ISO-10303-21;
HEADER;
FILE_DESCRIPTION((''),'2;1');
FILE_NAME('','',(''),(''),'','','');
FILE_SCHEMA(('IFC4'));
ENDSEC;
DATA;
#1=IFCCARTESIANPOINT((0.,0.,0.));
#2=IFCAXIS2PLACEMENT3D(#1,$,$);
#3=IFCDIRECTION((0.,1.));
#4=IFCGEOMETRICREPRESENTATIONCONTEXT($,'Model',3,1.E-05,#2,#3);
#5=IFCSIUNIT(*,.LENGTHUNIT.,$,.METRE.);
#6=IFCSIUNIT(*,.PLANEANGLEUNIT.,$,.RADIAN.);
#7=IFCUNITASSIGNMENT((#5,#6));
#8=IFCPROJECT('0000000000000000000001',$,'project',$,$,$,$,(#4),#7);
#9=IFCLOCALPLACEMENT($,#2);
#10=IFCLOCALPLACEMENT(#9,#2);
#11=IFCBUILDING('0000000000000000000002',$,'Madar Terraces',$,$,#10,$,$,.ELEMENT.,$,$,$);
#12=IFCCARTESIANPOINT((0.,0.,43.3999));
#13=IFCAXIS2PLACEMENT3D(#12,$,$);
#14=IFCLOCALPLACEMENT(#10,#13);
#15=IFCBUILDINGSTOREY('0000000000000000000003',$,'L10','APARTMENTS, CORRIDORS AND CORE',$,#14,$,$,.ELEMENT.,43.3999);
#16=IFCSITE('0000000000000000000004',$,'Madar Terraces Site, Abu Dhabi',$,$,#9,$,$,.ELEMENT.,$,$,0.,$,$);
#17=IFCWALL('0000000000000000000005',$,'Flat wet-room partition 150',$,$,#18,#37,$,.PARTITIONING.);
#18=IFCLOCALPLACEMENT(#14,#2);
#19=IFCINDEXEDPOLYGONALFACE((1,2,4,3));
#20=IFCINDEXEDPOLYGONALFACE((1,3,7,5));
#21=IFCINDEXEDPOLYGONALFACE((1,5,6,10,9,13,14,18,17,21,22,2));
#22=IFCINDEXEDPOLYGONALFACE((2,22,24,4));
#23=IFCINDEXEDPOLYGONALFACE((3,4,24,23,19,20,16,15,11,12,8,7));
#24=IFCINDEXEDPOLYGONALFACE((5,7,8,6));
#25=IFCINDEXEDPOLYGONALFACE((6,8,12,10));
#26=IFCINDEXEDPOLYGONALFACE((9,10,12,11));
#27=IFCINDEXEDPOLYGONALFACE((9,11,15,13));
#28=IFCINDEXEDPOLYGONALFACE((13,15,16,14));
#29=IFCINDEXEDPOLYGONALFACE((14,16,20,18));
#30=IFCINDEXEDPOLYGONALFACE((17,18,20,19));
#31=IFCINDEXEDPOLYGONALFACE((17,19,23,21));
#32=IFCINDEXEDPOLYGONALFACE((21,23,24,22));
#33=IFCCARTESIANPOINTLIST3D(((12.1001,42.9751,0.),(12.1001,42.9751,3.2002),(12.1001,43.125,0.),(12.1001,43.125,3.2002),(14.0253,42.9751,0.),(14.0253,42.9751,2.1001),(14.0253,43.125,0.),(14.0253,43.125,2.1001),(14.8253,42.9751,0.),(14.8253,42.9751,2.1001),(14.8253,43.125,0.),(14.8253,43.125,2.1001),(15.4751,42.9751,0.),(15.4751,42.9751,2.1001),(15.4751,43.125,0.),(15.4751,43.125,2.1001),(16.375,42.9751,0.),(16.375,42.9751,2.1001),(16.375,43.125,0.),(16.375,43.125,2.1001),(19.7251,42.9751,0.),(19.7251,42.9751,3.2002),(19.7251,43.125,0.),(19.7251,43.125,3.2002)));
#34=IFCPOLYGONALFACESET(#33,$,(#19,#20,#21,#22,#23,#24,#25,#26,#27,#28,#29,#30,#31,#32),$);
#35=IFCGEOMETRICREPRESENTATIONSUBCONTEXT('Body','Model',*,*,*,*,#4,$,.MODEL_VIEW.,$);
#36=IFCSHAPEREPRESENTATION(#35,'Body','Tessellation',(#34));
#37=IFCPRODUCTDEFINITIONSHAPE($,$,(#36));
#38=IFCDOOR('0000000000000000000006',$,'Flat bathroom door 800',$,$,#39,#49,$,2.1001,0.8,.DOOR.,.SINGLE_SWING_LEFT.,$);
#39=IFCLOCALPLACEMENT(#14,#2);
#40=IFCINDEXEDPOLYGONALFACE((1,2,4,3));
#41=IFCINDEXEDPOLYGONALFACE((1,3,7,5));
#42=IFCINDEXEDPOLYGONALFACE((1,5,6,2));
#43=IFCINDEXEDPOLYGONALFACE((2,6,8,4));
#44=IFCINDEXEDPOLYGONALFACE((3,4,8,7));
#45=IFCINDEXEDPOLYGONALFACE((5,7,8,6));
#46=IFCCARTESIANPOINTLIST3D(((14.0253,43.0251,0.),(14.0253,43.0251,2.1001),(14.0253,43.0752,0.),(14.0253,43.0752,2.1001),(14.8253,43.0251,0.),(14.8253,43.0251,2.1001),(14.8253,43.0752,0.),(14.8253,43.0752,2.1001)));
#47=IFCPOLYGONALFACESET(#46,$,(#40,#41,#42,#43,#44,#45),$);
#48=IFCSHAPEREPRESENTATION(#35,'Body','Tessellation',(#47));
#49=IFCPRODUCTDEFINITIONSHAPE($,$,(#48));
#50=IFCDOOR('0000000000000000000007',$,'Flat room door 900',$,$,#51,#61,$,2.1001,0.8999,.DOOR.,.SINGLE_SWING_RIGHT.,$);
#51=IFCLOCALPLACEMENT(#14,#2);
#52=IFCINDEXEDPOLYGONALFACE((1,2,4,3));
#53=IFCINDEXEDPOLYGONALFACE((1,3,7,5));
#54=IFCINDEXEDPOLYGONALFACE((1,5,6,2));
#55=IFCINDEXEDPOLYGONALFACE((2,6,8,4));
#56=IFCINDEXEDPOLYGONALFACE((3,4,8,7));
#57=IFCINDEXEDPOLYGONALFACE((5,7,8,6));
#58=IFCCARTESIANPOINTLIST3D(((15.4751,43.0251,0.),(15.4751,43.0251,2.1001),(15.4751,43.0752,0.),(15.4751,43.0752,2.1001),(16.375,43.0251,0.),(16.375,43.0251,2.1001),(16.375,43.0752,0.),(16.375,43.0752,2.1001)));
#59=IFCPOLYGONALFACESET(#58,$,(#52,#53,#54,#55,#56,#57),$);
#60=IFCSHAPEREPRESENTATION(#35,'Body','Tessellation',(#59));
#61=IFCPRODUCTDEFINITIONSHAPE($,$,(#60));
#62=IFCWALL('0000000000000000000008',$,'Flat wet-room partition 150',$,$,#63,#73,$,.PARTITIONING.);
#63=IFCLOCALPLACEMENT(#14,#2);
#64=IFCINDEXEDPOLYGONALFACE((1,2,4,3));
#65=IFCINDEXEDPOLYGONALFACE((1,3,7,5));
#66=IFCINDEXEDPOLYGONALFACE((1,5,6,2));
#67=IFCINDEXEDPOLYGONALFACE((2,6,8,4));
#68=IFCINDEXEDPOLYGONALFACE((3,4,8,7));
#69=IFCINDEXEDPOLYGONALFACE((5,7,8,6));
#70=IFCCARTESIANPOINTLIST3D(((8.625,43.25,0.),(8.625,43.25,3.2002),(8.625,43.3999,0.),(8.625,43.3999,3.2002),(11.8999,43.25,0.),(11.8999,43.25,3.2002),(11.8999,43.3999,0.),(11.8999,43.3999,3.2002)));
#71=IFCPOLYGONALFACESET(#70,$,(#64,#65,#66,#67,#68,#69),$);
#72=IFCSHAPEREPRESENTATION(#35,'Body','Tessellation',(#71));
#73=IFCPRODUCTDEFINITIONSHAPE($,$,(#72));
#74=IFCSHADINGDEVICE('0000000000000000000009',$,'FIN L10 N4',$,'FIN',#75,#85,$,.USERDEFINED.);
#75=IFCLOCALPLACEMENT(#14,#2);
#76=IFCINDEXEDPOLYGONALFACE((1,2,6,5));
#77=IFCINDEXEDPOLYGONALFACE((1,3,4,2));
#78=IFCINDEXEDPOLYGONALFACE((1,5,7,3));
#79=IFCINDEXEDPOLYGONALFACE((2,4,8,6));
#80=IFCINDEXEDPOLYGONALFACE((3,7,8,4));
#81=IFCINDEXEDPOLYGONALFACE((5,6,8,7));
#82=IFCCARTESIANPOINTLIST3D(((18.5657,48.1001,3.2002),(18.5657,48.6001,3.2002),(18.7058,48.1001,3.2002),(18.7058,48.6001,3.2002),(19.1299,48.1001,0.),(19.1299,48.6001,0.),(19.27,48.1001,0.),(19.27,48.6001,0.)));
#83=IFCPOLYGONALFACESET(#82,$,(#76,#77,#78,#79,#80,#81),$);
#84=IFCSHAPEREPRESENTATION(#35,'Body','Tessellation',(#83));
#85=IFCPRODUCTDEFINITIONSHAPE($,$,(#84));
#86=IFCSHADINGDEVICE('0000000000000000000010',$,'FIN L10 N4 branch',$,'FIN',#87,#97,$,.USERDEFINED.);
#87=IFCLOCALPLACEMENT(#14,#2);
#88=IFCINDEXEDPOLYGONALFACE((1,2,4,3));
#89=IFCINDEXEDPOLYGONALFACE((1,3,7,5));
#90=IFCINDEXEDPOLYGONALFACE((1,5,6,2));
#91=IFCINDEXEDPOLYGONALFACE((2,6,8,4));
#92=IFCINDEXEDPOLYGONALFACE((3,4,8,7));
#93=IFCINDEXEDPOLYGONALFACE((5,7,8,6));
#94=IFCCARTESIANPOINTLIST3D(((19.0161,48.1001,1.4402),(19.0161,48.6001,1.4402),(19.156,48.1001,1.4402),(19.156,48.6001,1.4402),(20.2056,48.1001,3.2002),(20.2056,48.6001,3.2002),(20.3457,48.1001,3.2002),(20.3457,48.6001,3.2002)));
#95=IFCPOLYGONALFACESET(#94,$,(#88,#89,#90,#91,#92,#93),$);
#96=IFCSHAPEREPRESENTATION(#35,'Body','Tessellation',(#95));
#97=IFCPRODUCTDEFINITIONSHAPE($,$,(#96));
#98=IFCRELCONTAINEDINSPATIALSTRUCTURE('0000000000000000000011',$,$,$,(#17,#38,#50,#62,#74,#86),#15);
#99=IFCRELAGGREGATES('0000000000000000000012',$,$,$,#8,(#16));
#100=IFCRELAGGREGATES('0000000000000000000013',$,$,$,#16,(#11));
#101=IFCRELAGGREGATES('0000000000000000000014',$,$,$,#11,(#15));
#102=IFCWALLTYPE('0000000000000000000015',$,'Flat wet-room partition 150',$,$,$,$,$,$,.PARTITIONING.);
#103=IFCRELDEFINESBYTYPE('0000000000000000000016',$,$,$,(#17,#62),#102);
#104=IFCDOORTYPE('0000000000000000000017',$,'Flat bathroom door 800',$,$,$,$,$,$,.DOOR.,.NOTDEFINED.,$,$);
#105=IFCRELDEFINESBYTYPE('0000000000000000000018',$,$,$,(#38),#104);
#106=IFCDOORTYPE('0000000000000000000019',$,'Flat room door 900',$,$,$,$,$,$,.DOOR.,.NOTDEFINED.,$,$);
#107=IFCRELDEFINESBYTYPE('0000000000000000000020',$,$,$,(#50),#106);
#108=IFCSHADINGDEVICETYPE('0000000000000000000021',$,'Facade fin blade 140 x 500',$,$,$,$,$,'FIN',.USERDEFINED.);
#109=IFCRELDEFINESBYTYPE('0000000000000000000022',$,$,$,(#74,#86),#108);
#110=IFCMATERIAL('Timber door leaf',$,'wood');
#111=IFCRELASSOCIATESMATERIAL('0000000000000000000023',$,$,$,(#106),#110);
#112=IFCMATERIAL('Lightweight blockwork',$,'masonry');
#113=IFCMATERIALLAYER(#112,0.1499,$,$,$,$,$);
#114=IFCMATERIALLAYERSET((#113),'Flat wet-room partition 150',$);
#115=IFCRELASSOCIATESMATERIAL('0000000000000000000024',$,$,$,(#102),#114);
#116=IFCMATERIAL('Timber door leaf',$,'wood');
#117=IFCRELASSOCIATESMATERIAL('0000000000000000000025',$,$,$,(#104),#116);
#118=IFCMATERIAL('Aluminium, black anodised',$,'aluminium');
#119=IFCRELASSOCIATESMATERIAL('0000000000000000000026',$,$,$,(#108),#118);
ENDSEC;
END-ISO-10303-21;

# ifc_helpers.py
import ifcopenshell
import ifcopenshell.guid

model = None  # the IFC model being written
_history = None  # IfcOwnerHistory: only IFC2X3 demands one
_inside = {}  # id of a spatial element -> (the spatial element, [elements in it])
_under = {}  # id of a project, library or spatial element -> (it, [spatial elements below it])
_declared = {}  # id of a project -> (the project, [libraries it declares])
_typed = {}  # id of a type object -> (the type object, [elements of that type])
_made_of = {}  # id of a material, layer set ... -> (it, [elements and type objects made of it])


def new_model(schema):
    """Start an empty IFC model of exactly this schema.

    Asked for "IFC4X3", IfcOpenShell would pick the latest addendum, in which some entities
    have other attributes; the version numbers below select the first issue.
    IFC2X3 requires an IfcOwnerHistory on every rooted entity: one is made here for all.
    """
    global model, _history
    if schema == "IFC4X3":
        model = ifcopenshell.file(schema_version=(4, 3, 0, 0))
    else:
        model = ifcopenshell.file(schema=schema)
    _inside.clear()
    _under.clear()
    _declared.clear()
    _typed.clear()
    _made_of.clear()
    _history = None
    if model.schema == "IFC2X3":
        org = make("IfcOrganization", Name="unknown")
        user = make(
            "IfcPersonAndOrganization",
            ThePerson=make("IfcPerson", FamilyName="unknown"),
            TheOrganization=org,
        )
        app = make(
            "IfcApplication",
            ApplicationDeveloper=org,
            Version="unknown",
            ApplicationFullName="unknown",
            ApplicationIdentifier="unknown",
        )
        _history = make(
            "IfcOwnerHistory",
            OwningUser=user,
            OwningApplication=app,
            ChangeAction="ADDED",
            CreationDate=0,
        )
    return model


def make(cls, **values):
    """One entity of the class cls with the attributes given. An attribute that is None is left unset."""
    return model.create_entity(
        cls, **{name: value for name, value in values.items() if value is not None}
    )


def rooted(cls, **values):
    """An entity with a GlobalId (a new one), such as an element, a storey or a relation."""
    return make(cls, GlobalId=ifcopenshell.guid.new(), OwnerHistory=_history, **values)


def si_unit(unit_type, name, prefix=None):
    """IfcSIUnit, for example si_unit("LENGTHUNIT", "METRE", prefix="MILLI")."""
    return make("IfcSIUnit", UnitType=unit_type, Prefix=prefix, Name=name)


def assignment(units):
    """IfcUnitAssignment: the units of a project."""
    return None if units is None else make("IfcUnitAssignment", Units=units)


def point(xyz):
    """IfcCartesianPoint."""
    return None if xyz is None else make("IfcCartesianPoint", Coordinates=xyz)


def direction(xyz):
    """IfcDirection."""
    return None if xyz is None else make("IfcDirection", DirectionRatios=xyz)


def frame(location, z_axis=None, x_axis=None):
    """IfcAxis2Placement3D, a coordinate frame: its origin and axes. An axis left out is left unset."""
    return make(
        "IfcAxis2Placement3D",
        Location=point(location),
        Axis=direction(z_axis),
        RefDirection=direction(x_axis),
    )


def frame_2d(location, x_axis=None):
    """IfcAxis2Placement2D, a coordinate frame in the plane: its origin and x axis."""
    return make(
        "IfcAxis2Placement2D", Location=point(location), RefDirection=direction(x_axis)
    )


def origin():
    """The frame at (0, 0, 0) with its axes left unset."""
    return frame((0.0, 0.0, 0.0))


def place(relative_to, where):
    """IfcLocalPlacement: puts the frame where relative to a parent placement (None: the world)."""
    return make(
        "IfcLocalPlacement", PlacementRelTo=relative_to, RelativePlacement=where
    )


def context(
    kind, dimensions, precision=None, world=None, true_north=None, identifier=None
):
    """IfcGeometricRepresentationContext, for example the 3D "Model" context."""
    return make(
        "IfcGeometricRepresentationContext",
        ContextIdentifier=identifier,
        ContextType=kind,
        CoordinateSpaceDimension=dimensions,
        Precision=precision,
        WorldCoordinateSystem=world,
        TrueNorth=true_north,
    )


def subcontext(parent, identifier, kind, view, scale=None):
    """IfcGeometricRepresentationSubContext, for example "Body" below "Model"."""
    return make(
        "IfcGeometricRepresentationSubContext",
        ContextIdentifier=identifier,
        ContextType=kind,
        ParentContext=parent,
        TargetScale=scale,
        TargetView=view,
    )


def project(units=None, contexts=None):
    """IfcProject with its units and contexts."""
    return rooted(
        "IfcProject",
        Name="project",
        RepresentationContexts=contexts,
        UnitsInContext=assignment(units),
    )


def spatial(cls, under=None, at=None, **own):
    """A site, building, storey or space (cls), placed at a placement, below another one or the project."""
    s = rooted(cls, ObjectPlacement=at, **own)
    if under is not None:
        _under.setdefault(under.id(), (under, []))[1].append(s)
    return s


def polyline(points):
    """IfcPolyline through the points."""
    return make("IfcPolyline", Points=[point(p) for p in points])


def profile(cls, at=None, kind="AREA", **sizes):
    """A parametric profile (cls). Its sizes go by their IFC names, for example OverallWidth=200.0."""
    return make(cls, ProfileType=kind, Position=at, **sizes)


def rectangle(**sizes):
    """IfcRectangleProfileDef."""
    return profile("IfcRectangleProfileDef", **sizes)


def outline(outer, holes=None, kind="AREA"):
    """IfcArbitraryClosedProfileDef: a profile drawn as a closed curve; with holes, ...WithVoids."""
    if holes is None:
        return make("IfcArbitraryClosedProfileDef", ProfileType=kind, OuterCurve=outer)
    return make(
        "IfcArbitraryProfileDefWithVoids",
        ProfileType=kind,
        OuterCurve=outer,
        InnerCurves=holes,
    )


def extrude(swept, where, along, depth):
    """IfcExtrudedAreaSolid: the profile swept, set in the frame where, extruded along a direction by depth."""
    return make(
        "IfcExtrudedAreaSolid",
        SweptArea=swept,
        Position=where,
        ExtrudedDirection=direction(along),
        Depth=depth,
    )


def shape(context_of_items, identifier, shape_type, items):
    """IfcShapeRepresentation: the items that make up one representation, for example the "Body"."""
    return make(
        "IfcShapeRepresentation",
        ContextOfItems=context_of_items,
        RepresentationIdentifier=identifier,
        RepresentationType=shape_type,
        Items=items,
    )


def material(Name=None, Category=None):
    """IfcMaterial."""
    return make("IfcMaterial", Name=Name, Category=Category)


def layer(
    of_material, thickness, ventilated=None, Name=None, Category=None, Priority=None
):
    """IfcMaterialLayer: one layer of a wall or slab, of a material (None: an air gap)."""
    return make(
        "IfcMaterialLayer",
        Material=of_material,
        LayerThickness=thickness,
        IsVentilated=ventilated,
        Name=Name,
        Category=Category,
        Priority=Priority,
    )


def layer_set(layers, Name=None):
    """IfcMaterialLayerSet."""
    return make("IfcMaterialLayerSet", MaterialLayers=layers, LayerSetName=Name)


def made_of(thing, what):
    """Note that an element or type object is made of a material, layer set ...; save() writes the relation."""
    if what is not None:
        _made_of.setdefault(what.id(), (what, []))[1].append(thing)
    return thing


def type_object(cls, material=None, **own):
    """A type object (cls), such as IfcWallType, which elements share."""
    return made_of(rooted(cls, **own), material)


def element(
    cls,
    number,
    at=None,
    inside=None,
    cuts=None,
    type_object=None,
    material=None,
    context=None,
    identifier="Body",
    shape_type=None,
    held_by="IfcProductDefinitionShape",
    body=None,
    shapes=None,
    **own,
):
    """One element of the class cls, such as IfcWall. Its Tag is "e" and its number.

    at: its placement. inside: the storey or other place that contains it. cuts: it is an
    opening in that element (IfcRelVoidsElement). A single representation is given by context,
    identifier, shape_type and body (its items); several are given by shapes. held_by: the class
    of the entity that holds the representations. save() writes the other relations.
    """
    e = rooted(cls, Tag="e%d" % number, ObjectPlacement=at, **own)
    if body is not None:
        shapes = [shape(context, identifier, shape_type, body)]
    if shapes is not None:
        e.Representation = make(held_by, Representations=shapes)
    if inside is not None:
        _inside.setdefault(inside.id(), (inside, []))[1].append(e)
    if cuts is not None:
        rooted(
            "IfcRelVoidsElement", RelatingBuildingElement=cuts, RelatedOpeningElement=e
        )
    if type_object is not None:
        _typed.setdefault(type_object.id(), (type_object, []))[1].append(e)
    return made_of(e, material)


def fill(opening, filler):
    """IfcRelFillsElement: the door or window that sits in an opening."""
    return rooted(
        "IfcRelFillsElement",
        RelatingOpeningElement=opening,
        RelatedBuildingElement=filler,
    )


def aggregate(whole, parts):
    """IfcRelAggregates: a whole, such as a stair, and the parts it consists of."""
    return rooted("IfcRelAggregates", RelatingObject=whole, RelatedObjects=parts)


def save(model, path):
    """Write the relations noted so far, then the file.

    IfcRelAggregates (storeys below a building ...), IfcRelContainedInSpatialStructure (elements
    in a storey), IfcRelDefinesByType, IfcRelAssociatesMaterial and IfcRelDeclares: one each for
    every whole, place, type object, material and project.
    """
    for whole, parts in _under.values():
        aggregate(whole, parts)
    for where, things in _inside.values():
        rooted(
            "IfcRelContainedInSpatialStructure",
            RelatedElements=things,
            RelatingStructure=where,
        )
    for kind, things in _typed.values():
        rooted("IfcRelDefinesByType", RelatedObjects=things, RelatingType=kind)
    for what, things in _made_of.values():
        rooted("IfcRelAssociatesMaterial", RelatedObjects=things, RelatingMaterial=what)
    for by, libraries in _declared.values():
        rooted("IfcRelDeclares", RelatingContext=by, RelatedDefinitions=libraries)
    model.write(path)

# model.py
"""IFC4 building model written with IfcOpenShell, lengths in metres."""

from ifc_helpers import new_model, si_unit, direction, frame, frame_2d, origin, place, context, subcontext, project, spatial, polyline, rectangle, outline, extrude, material, layer, layer_set, type_object, element, fill, save


model = new_model("IFC4")

# Units and contexts
model_context = context("Model", 3, precision=1e-05, world=origin(), true_north=direction((0.0, 1.0)))
body_context = subcontext(model_context, "Body", "Model", "MODEL_VIEW")
ifc_project = project(units=[si_unit("LENGTHUNIT", "METRE"), si_unit("PLANEANGLEUNIT", "RADIAN")], contexts=[model_context])

# Site, building, storey
site_placement = place(None, origin())
site = spatial("IfcSite", under=ifc_project, at=site_placement, Name="Madar Terraces Site, Abu Dhabi", CompositionType="ELEMENT", RefElevation=0.0)
building_placement = place(site_placement, origin())
building = spatial("IfcBuilding", under=site, at=building_placement, Name="Madar Terraces", CompositionType="ELEMENT")
storey_placement = place(building_placement, frame((0.0, 0.0, 43.3999)))
storey = spatial("IfcBuildingStorey", under=building, at=storey_placement, Name="L10", Description="APARTMENTS, CORRIDORS AND CORE", CompositionType="ELEMENT", Elevation=43.3999)

# Shared definitions
ifc_material_1 = material(Name="Timber door leaf", Category="wood")
door_type_1 = type_object("IfcDoorType", Name="Flat room door 900", OperationType="NOTDEFINED", PredefinedType="DOOR", material=ifc_material_1)

# Shared definitions
ifc_material_2 = material(Name="Lightweight blockwork", Category="masonry")
ifc_layer_1 = layer(ifc_material_2, 0.1499)
ifc_layer_set_1 = layer_set([ifc_layer_1], Name="Flat wet-room partition 150")
wall_type_1 = type_object("IfcWallType", Name="Flat wet-room partition 150", PredefinedType="PARTITIONING", material=ifc_layer_set_1)

# Wall, openings, doors
wall_1_placement = place(storey_placement, frame((19.7251, 43.05, 0.0), z_axis=(0.0, 0.0, 1.0), x_axis=(-1.0, 0.0, 0.0)))
wall_1 = element("IfcWall", 1, at=wall_1_placement, inside=storey, type_object=wall_type_1, Name="Flat wet-room partition 150", PredefinedType="PARTITIONING", context=body_context, shape_type="SweptSolid", body=[
    extrude(rectangle(XDim=7.625, YDim=0.1499, at=frame_2d((3.8125, 0.0))), origin(), (0.0, 0.0, 1.0), 3.2002),
])
opening_1_placement = place(wall_1_placement, frame((3.3501, 0.0, 0.0)))
opening_1 = element("IfcOpeningElement", 2, at=opening_1_placement, cuts=wall_1, PredefinedType="OPENING", context=body_context, shape_type="SweptSolid", body=[
    extrude(rectangle(XDim=0.8999, YDim=2.1001, at=frame_2d((0.45, 1.05))), frame((0.0, 0.085, 0.0), z_axis=(0.0, -1.0, 0.0), x_axis=(1.0, 0.0, 0.0)), (0.0, 0.0, 1.0), 0.1699),
])
opening_2_placement = place(wall_1_placement, frame((4.8999, 0.0, 0.0)))
opening_2 = element("IfcOpeningElement", 3, at=opening_2_placement, cuts=wall_1, PredefinedType="OPENING", context=body_context, shape_type="SweptSolid", body=[
    extrude(rectangle(XDim=0.8, YDim=2.1001, at=frame_2d((0.3999, 1.05))), frame((0.0, 0.085, 0.0), z_axis=(0.0, -1.0, 0.0), x_axis=(1.0, 0.0, 0.0)), (0.0, 0.0, 1.0), 0.1699),
])
ifc_material_3 = material(Name="Timber door leaf", Category="wood")
door_type_2 = type_object("IfcDoorType", Name="Flat bathroom door 800", OperationType="NOTDEFINED", PredefinedType="DOOR", material=ifc_material_3)
door_1_placement = place(opening_2_placement, origin())
door_1 = element("IfcDoor", 4, at=door_1_placement, inside=storey, type_object=door_type_2, Name="Flat bathroom door 800", OperationType="SINGLE_SWING_LEFT", OverallHeight=2.1001, OverallWidth=0.8, PredefinedType="DOOR", context=body_context, shape_type="SweptSolid", body=[
    extrude(rectangle(XDim=0.8, YDim=2.1001, at=frame_2d((0.3999, 1.05))), frame((0.0, 0.0249, 0.0), z_axis=(0.0, -1.0, 0.0), x_axis=(1.0, 0.0, 0.0)), (0.0, 0.0, 1.0), 0.05),
])
fill(opening_2, door_1)
door_2_placement = place(opening_1_placement, origin())
door_2 = element("IfcDoor", 5, at=door_2_placement, inside=storey, type_object=door_type_1, Name="Flat room door 900", OperationType="SINGLE_SWING_RIGHT", OverallHeight=2.1001, OverallWidth=0.8999, PredefinedType="DOOR", context=body_context, shape_type="SweptSolid", body=[
    extrude(rectangle(XDim=0.8999, YDim=2.1001, at=frame_2d((0.45, 1.05))), frame((0.0, 0.0249, 0.0), z_axis=(0.0, -1.0, 0.0), x_axis=(1.0, 0.0, 0.0)), (0.0, 0.0, 1.0), 0.05),
])
fill(opening_1, door_2)

# Wall
wall_2_placement = place(storey_placement, frame((11.8999, 43.325, 0.0), z_axis=(0.0, 0.0, 1.0), x_axis=(-1.0, 0.0, 0.0)))
element("IfcWall", 6, at=wall_2_placement, inside=storey, type_object=wall_type_1, Name="Flat wet-room partition 150", PredefinedType="PARTITIONING", context=body_context, shape_type="SweptSolid", body=[
    extrude(rectangle(XDim=3.2749, YDim=0.1499, at=frame_2d((1.6375, 0.0))), origin(), (0.0, 0.0, 1.0), 3.2002),
])

# Shading devices
ifc_material_4 = material(Name="Aluminium, black anodised", Category="aluminium")
shading_device_type = type_object("IfcShadingDeviceType", Name="Facade fin blade 140 x 500", ElementType="FIN", PredefinedType="USERDEFINED", material=ifc_material_4)
shading_device_1_placement = place(storey_placement, frame((19.27, 48.3501, 0.0), z_axis=(0.0, 0.0, 1.0), x_axis=(-1.0, 0.0, 0.0)))
element("IfcShadingDevice", 7, at=shading_device_1_placement, inside=storey, type_object=shading_device_type, Name="FIN L10 N4", ObjectType="FIN", PredefinedType="USERDEFINED", context=body_context, shape_type="SweptSolid", body=[
    extrude(outline(polyline([(0.0, 0.0), (0.1401, 0.0), (0.7043, 3.2002), (0.5642, 3.2002), (0.0, 0.0)])), frame((0.0, 0.25, 0.0), z_axis=(0.0, -1.0, 0.0), x_axis=(1.0, 0.0, 0.0)), (0.0, 0.0, 1.0), 0.5),
])
shading_device_2_placement = place(storey_placement, frame((19.156, 48.3501, 1.4402), z_axis=(0.0, 0.0, 1.0), x_axis=(-1.0, 0.0, 0.0)))
element("IfcShadingDevice", 8, at=shading_device_2_placement, inside=storey, type_object=shading_device_type, Name="FIN L10 N4 branch", ObjectType="FIN", PredefinedType="USERDEFINED", context=body_context, shape_type="SweptSolid", body=[
    extrude(outline(polyline([(0.0, 0.0), (0.1399, 0.0), (-1.0496, 1.76), (-1.1897, 1.76), (0.0, 0.0)])), frame((0.0, 0.25, 0.0), z_axis=(0.0, -1.0, 0.0), x_axis=(1.0, 0.0, 0.0)), (0.0, 0.0, 1.0), 0.5),
])

save(model, "model.ifc")
